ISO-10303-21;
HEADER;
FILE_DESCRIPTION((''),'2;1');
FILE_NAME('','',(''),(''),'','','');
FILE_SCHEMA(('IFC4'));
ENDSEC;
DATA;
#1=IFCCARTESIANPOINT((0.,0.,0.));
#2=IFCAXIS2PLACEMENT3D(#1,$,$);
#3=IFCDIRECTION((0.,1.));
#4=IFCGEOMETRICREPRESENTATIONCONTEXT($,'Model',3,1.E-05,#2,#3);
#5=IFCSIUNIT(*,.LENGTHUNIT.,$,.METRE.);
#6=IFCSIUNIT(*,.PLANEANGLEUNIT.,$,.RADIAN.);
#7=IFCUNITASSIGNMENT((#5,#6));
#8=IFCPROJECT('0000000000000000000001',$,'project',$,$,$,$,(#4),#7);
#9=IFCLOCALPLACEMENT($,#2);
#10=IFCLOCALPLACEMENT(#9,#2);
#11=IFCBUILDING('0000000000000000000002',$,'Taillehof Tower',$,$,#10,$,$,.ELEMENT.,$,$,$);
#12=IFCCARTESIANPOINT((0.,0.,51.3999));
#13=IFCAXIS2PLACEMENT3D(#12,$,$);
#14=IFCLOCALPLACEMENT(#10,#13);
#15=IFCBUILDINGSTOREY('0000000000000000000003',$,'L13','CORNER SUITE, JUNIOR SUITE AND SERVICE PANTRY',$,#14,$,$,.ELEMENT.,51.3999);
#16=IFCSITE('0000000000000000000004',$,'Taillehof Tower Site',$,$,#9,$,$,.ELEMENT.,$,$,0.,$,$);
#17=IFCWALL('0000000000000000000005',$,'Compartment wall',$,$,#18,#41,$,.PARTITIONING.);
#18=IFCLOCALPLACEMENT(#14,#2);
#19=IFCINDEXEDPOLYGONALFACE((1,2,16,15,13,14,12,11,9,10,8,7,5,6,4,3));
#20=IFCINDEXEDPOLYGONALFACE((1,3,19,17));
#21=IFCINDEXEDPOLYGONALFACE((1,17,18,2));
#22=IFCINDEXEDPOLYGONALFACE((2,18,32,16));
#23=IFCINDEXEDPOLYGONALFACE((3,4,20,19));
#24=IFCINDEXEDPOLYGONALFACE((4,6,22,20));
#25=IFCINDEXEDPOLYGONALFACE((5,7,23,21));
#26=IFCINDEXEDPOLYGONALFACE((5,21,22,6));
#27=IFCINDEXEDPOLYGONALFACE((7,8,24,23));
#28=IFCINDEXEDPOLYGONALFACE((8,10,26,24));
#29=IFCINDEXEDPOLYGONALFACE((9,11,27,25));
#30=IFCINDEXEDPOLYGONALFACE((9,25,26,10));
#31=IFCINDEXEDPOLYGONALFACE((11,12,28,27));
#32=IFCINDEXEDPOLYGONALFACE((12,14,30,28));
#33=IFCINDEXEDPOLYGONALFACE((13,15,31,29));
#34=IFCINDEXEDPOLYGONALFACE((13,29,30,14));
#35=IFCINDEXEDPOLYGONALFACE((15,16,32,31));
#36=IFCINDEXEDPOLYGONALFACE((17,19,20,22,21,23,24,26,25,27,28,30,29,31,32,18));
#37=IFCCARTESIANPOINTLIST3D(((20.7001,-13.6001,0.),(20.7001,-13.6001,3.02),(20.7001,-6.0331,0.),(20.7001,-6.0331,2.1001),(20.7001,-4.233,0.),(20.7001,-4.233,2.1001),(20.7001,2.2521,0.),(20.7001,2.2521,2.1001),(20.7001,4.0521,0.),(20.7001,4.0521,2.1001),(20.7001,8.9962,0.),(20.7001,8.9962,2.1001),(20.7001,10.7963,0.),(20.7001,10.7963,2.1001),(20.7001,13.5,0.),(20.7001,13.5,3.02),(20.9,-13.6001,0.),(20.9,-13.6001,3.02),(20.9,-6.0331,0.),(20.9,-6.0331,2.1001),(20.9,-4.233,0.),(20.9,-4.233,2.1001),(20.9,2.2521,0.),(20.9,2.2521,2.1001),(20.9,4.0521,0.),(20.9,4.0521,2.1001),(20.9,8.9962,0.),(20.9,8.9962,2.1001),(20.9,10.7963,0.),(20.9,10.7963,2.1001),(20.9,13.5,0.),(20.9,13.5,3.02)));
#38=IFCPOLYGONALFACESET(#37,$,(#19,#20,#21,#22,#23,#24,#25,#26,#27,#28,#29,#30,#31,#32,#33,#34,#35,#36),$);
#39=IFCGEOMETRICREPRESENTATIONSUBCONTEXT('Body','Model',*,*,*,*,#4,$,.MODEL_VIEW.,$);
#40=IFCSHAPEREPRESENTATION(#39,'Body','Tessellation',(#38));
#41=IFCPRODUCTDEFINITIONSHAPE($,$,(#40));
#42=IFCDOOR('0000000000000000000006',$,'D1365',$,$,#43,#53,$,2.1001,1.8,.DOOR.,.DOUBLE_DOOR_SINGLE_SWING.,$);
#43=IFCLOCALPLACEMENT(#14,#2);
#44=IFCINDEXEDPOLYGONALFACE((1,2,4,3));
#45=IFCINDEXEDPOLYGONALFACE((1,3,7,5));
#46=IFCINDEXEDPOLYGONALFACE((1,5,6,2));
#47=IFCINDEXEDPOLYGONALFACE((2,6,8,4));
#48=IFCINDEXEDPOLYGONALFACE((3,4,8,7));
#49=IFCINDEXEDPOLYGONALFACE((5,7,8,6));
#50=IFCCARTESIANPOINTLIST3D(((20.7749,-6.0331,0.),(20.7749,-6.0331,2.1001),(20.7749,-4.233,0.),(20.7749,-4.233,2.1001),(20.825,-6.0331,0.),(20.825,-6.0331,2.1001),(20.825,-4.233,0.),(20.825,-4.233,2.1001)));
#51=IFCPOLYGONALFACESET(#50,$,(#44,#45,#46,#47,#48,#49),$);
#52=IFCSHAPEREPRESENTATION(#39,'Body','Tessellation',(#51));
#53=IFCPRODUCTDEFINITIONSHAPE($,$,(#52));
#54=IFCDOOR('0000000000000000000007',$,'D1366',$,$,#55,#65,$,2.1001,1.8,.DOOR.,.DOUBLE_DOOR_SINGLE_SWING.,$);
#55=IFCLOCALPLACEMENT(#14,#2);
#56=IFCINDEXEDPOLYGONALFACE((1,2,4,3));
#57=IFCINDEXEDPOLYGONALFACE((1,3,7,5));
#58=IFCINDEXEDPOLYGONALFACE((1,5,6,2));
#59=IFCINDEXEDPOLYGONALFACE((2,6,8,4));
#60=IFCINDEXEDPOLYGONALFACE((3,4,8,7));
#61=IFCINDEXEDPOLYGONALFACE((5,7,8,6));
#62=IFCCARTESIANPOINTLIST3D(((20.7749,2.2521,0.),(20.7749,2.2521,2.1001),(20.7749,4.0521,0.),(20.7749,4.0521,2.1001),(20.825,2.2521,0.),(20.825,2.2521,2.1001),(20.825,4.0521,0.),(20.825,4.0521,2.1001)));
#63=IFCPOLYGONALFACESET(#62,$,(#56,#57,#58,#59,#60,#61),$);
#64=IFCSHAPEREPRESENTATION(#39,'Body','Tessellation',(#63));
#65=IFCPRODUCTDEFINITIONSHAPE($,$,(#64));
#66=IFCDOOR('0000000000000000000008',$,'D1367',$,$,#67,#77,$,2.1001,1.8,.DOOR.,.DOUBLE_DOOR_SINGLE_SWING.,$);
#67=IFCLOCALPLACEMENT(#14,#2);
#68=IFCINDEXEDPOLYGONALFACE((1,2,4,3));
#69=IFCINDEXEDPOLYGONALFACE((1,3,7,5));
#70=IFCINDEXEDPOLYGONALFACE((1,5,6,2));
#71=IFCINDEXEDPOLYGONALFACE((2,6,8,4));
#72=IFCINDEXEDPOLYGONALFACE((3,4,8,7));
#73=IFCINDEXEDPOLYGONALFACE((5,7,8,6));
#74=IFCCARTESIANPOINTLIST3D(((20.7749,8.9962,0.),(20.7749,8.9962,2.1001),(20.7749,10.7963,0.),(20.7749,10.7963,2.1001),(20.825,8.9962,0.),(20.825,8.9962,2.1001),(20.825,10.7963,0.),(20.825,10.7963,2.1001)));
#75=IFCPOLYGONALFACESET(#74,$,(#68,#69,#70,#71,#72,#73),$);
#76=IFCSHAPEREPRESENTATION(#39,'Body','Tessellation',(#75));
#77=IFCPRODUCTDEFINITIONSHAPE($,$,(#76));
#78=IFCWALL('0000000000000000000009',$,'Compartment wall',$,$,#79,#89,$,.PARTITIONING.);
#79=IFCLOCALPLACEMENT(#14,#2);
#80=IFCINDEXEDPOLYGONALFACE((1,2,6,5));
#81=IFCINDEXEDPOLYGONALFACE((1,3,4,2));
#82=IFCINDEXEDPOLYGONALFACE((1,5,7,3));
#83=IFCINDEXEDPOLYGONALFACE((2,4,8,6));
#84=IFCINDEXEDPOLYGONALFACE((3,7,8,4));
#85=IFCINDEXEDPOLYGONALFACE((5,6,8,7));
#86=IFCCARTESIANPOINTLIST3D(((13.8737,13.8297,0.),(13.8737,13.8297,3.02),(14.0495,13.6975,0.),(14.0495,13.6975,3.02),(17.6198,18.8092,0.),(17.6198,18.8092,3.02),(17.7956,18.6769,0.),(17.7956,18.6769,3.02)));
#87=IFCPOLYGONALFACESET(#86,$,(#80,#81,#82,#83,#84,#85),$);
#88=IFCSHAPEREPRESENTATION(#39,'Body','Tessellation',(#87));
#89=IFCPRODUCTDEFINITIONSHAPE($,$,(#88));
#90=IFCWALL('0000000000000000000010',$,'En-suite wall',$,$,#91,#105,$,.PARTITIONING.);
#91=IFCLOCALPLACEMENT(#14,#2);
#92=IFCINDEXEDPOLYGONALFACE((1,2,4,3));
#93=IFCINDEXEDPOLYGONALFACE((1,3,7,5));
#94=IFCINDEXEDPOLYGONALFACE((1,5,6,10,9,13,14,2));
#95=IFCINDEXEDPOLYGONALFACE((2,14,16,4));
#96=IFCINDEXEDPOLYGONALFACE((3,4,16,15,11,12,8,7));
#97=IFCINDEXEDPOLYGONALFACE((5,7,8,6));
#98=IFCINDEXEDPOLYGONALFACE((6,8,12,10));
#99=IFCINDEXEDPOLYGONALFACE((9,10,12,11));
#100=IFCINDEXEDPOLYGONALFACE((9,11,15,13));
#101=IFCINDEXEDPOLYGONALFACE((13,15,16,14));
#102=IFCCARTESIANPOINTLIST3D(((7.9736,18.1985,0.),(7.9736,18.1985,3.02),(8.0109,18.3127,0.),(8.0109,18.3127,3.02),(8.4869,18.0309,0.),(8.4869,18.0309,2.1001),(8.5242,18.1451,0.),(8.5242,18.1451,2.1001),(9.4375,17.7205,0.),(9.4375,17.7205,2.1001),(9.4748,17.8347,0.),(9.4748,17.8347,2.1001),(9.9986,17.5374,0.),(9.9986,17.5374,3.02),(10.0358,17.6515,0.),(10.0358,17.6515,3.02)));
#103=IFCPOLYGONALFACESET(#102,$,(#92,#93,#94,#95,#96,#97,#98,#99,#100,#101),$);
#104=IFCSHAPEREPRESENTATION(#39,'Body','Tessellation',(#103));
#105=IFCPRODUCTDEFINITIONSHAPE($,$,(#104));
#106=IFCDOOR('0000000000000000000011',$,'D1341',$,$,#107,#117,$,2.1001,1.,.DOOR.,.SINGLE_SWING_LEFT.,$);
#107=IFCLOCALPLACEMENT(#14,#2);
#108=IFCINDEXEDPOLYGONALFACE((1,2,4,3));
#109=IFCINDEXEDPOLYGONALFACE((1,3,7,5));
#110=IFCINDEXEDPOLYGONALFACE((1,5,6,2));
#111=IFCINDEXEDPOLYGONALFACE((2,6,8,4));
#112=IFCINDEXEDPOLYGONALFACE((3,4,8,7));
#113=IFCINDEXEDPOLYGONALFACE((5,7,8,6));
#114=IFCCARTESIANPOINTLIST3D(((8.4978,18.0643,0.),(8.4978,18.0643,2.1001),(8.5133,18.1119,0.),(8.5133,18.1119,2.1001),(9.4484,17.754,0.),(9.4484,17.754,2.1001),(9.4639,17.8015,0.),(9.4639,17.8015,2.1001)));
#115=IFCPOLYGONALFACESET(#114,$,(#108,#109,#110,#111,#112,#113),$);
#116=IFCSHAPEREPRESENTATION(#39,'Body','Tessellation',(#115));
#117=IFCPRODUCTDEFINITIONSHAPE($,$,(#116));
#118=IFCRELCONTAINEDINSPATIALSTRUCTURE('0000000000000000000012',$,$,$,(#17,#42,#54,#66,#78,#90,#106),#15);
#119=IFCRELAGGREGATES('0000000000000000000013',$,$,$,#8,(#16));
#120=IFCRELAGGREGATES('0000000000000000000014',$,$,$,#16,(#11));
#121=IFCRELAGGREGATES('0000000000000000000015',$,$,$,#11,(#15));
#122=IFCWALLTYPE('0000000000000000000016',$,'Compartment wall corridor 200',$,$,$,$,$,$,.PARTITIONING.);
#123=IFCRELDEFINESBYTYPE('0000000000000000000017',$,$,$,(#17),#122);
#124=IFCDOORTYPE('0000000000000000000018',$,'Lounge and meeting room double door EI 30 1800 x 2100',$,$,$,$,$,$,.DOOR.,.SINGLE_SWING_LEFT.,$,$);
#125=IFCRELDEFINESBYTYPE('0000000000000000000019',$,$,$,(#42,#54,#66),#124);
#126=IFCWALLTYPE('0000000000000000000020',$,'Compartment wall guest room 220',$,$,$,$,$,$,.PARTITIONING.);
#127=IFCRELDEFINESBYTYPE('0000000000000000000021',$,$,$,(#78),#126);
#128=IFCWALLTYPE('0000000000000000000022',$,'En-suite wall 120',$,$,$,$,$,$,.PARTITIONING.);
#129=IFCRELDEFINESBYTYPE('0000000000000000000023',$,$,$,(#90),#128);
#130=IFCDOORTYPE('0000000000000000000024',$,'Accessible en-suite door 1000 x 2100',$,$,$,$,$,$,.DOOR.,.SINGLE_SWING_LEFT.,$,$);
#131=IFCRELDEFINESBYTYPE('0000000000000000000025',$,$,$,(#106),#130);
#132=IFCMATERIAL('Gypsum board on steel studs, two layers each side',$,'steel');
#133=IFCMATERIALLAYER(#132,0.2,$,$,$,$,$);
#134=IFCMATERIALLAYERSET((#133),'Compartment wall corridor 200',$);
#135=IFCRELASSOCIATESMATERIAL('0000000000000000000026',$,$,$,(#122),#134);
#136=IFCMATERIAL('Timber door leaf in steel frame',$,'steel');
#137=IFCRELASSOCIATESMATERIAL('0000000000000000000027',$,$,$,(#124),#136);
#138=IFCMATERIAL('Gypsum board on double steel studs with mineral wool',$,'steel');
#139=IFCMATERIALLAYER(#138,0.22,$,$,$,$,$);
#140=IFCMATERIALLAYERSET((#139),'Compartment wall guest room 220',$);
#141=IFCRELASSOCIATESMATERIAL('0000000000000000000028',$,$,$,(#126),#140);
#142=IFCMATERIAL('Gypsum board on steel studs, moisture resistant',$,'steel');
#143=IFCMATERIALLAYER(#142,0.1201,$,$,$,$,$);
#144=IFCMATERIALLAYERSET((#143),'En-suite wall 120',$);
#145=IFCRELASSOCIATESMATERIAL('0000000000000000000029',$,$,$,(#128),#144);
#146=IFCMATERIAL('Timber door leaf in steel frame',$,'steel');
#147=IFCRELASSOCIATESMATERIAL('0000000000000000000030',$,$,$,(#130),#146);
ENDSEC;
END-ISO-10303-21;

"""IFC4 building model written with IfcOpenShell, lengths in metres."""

from ifc_helpers import new_model, si_unit, direction, frame, frame_2d, origin, place, context, subcontext, project, spatial, rectangle, extrude, material, layer, layer_set, type_object, element, fill, save


model = new_model("IFC4")

# Units and contexts
model_context = context("Model", 3, precision=1e-05, world=origin(), true_north=direction((0.0, 1.0)))
body_context = subcontext(model_context, "Body", "Model", "MODEL_VIEW")
ifc_project = project(units=[si_unit("LENGTHUNIT", "METRE"), si_unit("PLANEANGLEUNIT", "RADIAN")], contexts=[model_context])

# Site, building, storey
site_placement = place(None, origin())
site = spatial("IfcSite", under=ifc_project, at=site_placement, Name="Taillehof Tower Site", CompositionType="ELEMENT", RefElevation=0.0)
building_placement = place(site_placement, origin())
building = spatial("IfcBuilding", under=site, at=building_placement, Name="Taillehof Tower", CompositionType="ELEMENT")
storey_placement = place(building_placement, frame((0.0, 0.0, 51.3999)))
storey = spatial("IfcBuildingStorey", under=building, at=storey_placement, Name="L13", Description="CORNER SUITE, JUNIOR SUITE AND SERVICE PANTRY", CompositionType="ELEMENT", Elevation=51.3999)

# Shared definitions
ifc_material_1 = material(Name="Gypsum board on steel studs, two layers each side", Category="steel")
ifc_layer_1 = layer(ifc_material_1, 0.2)
ifc_layer_set_1 = layer_set([ifc_layer_1], Name="Compartment wall corridor 200")
wall_type_1 = type_object("IfcWallType", Name="Compartment wall corridor 200", PredefinedType="PARTITIONING", material=ifc_layer_set_1)

# Wall, openings, doors
wall_1_placement = place(storey_placement, frame((20.8, 13.5, 0.0), z_axis=(0.0, 0.0, 1.0), x_axis=(0.0, -1.0, 0.0)))
wall_1 = element("IfcWall", 1, at=wall_1_placement, inside=storey, type_object=wall_type_1, Name="Compartment wall", PredefinedType="PARTITIONING", context=body_context, shape_type="SweptSolid", body=[
    extrude(rectangle(XDim=27.1001, YDim=0.2, at=frame_2d((13.55, 0.0))), origin(), (0.0, 0.0, 1.0), 3.02),
])
opening_1_placement = place(wall_1_placement, frame((17.7332, 0.0, 0.0)))
opening_1 = element("IfcOpeningElement", 2, at=opening_1_placement, cuts=wall_1, PredefinedType="OPENING", context=body_context, shape_type="SweptSolid", body=[
    extrude(rectangle(XDim=1.8, YDim=2.1001, at=frame_2d((0.8999, 1.05))), frame((0.0, 0.1099, 0.0), z_axis=(0.0, -1.0, 0.0), x_axis=(1.0, 0.0, 0.0)), (0.0, 0.0, 1.0), 0.22),
])
opening_2_placement = place(wall_1_placement, frame((9.448, 0.0, 0.0)))
opening_2 = element("IfcOpeningElement", 3, at=opening_2_placement, cuts=wall_1, PredefinedType="OPENING", context=body_context, shape_type="SweptSolid", body=[
    extrude(rectangle(XDim=1.8, YDim=2.1001, at=frame_2d((0.8999, 1.05))), frame((0.0, 0.1099, 0.0), z_axis=(0.0, -1.0, 0.0), x_axis=(1.0, 0.0, 0.0)), (0.0, 0.0, 1.0), 0.22),
])
opening_3_placement = place(wall_1_placement, frame((2.7039, 0.0, 0.0)))
opening_3 = element("IfcOpeningElement", 4, at=opening_3_placement, cuts=wall_1, PredefinedType="OPENING", context=body_context, shape_type="SweptSolid", body=[
    extrude(rectangle(XDim=1.8, YDim=2.1001, at=frame_2d((0.8999, 1.05))), frame((0.0, 0.1099, 0.0), z_axis=(0.0, -1.0, 0.0), x_axis=(1.0, 0.0, 0.0)), (0.0, 0.0, 1.0), 0.22),
])
ifc_material_2 = material(Name="Timber door leaf in steel frame", Category="steel")
door_type_1 = type_object("IfcDoorType", Name="Lounge and meeting room double door EI 30 1800 x 2100", OperationType="SINGLE_SWING_LEFT", PredefinedType="DOOR", material=ifc_material_2)
door_1_placement = place(opening_1_placement, origin())
door_1 = element("IfcDoor", 5, at=door_1_placement, inside=storey, type_object=door_type_1, Name="D1365", OperationType="DOUBLE_DOOR_SINGLE_SWING", OverallHeight=2.1001, OverallWidth=1.8, PredefinedType="DOOR", context=body_context, shape_type="SweptSolid", body=[
    extrude(rectangle(XDim=1.8, YDim=2.1001, at=frame_2d((0.8999, 1.05))), frame((0.0, 0.0249, 0.0), z_axis=(0.0, -1.0, 0.0), x_axis=(1.0, 0.0, 0.0)), (0.0, 0.0, 1.0), 0.05),
])
fill(opening_1, door_1)
door_2_placement = place(opening_2_placement, origin())
door_2 = element("IfcDoor", 6, at=door_2_placement, inside=storey, type_object=door_type_1, Name="D1366", OperationType="DOUBLE_DOOR_SINGLE_SWING", OverallHeight=2.1001, OverallWidth=1.8, PredefinedType="DOOR", context=body_context, shape_type="SweptSolid", body=[
    extrude(rectangle(XDim=1.8, YDim=2.1001, at=frame_2d((0.8999, 1.05))), frame((0.0, 0.0249, 0.0), z_axis=(0.0, -1.0, 0.0), x_axis=(1.0, 0.0, 0.0)), (0.0, 0.0, 1.0), 0.05),
])
fill(opening_2, door_2)
door_3_placement = place(opening_3_placement, origin())
door_3 = element("IfcDoor", 7, at=door_3_placement, inside=storey, type_object=door_type_1, Name="D1367", OperationType="DOUBLE_DOOR_SINGLE_SWING", OverallHeight=2.1001, OverallWidth=1.8, PredefinedType="DOOR", context=body_context, shape_type="SweptSolid", body=[
    extrude(rectangle(XDim=1.8, YDim=2.1001, at=frame_2d((0.8999, 1.05))), frame((0.0, 0.0249, 0.0), z_axis=(0.0, -1.0, 0.0), x_axis=(1.0, 0.0, 0.0)), (0.0, 0.0, 1.0), 0.05),
])
fill(opening_3, door_3)

# Wall
ifc_material_3 = material(Name="Gypsum board on double steel studs with mineral wool", Category="steel")
ifc_layer_2 = layer(ifc_material_3, 0.22)
ifc_layer_set_2 = layer_set([ifc_layer_2], Name="Compartment wall guest room 220")
wall_type_2 = type_object("IfcWallType", Name="Compartment wall guest room 220", PredefinedType="PARTITIONING", material=ifc_layer_set_2)
wall_2_placement = place(storey_placement, frame((17.7078, 18.7432, 0.0), z_axis=(0.0, 0.0, 1.0), x_axis=(-0.601178, -0.799115, 0.0)))
element("IfcWall", 8, at=wall_2_placement, inside=storey, type_object=wall_type_2, Name="Compartment wall", PredefinedType="PARTITIONING", context=body_context, shape_type="SweptSolid", body=[
    extrude(rectangle(XDim=6.2312, YDim=0.22, at=frame_2d((3.1157, 0.0))), origin(), (0.0, 0.0, 1.0), 3.02),
])

# Wall, opening, door
ifc_material_4 = material(Name="Gypsum board on steel studs, moisture resistant", Category="steel")
ifc_layer_3 = layer(ifc_material_4, 0.1201)
ifc_layer_set_3 = layer_set([ifc_layer_3], Name="En-suite wall 120")
wall_type_3 = type_object("IfcWallType", Name="En-suite wall 120", PredefinedType="PARTITIONING", material=ifc_layer_set_3)
wall_3_placement = place(storey_placement, frame((10.0171, 17.5945, 0.0), z_axis=(0.0, 0.0, 1.0), x_axis=(-0.950614, 0.310376, 0.0)))
wall_3 = element("IfcWall", 9, at=wall_3_placement, inside=storey, type_object=wall_type_3, Name="En-suite wall", PredefinedType="PARTITIONING", context=body_context, shape_type="SweptSolid", body=[
    extrude(rectangle(XDim=2.1301, YDim=0.1201, at=frame_2d((1.0649, 0.0))), origin(), (0.0, 0.0, 1.0), 3.02),
])
opening_4_placement = place(wall_3_placement, frame((0.5901, 0.0, 0.0)))
opening_4 = element("IfcOpeningElement", 10, at=opening_4_placement, cuts=wall_3, PredefinedType="OPENING", context=body_context, shape_type="SweptSolid", body=[
    extrude(rectangle(XDim=1.0, YDim=2.1001, at=frame_2d((0.5, 1.05))), frame((0.0, 0.0701, 0.0), z_axis=(0.0, -1.0, 0.0), x_axis=(1.0, 0.0, 0.0)), (0.0, 0.0, 1.0), 0.1401),
])
ifc_material_5 = material(Name="Timber door leaf in steel frame", Category="steel")
door_type_2 = type_object("IfcDoorType", Name="Accessible en-suite door 1000 x 2100", OperationType="SINGLE_SWING_LEFT", PredefinedType="DOOR", material=ifc_material_5)
door_4_placement = place(opening_4_placement, origin())
door_4 = element("IfcDoor", 11, at=door_4_placement, inside=storey, type_object=door_type_2, Name="D1341", OperationType="SINGLE_SWING_LEFT", OverallHeight=2.1001, OverallWidth=1.0, PredefinedType="DOOR", context=body_context, shape_type="SweptSolid", body=[
    extrude(rectangle(XDim=1.0, YDim=2.1001, at=frame_2d((0.5, 1.05))), frame((0.0, 0.0249, 0.0), z_axis=(0.0, -1.0, 0.0), x_axis=(1.0, 0.0, 0.0)), (0.0, 0.0, 1.0), 0.05),
])
fill(opening_4, door_4)

save(model, "model.ifc")
